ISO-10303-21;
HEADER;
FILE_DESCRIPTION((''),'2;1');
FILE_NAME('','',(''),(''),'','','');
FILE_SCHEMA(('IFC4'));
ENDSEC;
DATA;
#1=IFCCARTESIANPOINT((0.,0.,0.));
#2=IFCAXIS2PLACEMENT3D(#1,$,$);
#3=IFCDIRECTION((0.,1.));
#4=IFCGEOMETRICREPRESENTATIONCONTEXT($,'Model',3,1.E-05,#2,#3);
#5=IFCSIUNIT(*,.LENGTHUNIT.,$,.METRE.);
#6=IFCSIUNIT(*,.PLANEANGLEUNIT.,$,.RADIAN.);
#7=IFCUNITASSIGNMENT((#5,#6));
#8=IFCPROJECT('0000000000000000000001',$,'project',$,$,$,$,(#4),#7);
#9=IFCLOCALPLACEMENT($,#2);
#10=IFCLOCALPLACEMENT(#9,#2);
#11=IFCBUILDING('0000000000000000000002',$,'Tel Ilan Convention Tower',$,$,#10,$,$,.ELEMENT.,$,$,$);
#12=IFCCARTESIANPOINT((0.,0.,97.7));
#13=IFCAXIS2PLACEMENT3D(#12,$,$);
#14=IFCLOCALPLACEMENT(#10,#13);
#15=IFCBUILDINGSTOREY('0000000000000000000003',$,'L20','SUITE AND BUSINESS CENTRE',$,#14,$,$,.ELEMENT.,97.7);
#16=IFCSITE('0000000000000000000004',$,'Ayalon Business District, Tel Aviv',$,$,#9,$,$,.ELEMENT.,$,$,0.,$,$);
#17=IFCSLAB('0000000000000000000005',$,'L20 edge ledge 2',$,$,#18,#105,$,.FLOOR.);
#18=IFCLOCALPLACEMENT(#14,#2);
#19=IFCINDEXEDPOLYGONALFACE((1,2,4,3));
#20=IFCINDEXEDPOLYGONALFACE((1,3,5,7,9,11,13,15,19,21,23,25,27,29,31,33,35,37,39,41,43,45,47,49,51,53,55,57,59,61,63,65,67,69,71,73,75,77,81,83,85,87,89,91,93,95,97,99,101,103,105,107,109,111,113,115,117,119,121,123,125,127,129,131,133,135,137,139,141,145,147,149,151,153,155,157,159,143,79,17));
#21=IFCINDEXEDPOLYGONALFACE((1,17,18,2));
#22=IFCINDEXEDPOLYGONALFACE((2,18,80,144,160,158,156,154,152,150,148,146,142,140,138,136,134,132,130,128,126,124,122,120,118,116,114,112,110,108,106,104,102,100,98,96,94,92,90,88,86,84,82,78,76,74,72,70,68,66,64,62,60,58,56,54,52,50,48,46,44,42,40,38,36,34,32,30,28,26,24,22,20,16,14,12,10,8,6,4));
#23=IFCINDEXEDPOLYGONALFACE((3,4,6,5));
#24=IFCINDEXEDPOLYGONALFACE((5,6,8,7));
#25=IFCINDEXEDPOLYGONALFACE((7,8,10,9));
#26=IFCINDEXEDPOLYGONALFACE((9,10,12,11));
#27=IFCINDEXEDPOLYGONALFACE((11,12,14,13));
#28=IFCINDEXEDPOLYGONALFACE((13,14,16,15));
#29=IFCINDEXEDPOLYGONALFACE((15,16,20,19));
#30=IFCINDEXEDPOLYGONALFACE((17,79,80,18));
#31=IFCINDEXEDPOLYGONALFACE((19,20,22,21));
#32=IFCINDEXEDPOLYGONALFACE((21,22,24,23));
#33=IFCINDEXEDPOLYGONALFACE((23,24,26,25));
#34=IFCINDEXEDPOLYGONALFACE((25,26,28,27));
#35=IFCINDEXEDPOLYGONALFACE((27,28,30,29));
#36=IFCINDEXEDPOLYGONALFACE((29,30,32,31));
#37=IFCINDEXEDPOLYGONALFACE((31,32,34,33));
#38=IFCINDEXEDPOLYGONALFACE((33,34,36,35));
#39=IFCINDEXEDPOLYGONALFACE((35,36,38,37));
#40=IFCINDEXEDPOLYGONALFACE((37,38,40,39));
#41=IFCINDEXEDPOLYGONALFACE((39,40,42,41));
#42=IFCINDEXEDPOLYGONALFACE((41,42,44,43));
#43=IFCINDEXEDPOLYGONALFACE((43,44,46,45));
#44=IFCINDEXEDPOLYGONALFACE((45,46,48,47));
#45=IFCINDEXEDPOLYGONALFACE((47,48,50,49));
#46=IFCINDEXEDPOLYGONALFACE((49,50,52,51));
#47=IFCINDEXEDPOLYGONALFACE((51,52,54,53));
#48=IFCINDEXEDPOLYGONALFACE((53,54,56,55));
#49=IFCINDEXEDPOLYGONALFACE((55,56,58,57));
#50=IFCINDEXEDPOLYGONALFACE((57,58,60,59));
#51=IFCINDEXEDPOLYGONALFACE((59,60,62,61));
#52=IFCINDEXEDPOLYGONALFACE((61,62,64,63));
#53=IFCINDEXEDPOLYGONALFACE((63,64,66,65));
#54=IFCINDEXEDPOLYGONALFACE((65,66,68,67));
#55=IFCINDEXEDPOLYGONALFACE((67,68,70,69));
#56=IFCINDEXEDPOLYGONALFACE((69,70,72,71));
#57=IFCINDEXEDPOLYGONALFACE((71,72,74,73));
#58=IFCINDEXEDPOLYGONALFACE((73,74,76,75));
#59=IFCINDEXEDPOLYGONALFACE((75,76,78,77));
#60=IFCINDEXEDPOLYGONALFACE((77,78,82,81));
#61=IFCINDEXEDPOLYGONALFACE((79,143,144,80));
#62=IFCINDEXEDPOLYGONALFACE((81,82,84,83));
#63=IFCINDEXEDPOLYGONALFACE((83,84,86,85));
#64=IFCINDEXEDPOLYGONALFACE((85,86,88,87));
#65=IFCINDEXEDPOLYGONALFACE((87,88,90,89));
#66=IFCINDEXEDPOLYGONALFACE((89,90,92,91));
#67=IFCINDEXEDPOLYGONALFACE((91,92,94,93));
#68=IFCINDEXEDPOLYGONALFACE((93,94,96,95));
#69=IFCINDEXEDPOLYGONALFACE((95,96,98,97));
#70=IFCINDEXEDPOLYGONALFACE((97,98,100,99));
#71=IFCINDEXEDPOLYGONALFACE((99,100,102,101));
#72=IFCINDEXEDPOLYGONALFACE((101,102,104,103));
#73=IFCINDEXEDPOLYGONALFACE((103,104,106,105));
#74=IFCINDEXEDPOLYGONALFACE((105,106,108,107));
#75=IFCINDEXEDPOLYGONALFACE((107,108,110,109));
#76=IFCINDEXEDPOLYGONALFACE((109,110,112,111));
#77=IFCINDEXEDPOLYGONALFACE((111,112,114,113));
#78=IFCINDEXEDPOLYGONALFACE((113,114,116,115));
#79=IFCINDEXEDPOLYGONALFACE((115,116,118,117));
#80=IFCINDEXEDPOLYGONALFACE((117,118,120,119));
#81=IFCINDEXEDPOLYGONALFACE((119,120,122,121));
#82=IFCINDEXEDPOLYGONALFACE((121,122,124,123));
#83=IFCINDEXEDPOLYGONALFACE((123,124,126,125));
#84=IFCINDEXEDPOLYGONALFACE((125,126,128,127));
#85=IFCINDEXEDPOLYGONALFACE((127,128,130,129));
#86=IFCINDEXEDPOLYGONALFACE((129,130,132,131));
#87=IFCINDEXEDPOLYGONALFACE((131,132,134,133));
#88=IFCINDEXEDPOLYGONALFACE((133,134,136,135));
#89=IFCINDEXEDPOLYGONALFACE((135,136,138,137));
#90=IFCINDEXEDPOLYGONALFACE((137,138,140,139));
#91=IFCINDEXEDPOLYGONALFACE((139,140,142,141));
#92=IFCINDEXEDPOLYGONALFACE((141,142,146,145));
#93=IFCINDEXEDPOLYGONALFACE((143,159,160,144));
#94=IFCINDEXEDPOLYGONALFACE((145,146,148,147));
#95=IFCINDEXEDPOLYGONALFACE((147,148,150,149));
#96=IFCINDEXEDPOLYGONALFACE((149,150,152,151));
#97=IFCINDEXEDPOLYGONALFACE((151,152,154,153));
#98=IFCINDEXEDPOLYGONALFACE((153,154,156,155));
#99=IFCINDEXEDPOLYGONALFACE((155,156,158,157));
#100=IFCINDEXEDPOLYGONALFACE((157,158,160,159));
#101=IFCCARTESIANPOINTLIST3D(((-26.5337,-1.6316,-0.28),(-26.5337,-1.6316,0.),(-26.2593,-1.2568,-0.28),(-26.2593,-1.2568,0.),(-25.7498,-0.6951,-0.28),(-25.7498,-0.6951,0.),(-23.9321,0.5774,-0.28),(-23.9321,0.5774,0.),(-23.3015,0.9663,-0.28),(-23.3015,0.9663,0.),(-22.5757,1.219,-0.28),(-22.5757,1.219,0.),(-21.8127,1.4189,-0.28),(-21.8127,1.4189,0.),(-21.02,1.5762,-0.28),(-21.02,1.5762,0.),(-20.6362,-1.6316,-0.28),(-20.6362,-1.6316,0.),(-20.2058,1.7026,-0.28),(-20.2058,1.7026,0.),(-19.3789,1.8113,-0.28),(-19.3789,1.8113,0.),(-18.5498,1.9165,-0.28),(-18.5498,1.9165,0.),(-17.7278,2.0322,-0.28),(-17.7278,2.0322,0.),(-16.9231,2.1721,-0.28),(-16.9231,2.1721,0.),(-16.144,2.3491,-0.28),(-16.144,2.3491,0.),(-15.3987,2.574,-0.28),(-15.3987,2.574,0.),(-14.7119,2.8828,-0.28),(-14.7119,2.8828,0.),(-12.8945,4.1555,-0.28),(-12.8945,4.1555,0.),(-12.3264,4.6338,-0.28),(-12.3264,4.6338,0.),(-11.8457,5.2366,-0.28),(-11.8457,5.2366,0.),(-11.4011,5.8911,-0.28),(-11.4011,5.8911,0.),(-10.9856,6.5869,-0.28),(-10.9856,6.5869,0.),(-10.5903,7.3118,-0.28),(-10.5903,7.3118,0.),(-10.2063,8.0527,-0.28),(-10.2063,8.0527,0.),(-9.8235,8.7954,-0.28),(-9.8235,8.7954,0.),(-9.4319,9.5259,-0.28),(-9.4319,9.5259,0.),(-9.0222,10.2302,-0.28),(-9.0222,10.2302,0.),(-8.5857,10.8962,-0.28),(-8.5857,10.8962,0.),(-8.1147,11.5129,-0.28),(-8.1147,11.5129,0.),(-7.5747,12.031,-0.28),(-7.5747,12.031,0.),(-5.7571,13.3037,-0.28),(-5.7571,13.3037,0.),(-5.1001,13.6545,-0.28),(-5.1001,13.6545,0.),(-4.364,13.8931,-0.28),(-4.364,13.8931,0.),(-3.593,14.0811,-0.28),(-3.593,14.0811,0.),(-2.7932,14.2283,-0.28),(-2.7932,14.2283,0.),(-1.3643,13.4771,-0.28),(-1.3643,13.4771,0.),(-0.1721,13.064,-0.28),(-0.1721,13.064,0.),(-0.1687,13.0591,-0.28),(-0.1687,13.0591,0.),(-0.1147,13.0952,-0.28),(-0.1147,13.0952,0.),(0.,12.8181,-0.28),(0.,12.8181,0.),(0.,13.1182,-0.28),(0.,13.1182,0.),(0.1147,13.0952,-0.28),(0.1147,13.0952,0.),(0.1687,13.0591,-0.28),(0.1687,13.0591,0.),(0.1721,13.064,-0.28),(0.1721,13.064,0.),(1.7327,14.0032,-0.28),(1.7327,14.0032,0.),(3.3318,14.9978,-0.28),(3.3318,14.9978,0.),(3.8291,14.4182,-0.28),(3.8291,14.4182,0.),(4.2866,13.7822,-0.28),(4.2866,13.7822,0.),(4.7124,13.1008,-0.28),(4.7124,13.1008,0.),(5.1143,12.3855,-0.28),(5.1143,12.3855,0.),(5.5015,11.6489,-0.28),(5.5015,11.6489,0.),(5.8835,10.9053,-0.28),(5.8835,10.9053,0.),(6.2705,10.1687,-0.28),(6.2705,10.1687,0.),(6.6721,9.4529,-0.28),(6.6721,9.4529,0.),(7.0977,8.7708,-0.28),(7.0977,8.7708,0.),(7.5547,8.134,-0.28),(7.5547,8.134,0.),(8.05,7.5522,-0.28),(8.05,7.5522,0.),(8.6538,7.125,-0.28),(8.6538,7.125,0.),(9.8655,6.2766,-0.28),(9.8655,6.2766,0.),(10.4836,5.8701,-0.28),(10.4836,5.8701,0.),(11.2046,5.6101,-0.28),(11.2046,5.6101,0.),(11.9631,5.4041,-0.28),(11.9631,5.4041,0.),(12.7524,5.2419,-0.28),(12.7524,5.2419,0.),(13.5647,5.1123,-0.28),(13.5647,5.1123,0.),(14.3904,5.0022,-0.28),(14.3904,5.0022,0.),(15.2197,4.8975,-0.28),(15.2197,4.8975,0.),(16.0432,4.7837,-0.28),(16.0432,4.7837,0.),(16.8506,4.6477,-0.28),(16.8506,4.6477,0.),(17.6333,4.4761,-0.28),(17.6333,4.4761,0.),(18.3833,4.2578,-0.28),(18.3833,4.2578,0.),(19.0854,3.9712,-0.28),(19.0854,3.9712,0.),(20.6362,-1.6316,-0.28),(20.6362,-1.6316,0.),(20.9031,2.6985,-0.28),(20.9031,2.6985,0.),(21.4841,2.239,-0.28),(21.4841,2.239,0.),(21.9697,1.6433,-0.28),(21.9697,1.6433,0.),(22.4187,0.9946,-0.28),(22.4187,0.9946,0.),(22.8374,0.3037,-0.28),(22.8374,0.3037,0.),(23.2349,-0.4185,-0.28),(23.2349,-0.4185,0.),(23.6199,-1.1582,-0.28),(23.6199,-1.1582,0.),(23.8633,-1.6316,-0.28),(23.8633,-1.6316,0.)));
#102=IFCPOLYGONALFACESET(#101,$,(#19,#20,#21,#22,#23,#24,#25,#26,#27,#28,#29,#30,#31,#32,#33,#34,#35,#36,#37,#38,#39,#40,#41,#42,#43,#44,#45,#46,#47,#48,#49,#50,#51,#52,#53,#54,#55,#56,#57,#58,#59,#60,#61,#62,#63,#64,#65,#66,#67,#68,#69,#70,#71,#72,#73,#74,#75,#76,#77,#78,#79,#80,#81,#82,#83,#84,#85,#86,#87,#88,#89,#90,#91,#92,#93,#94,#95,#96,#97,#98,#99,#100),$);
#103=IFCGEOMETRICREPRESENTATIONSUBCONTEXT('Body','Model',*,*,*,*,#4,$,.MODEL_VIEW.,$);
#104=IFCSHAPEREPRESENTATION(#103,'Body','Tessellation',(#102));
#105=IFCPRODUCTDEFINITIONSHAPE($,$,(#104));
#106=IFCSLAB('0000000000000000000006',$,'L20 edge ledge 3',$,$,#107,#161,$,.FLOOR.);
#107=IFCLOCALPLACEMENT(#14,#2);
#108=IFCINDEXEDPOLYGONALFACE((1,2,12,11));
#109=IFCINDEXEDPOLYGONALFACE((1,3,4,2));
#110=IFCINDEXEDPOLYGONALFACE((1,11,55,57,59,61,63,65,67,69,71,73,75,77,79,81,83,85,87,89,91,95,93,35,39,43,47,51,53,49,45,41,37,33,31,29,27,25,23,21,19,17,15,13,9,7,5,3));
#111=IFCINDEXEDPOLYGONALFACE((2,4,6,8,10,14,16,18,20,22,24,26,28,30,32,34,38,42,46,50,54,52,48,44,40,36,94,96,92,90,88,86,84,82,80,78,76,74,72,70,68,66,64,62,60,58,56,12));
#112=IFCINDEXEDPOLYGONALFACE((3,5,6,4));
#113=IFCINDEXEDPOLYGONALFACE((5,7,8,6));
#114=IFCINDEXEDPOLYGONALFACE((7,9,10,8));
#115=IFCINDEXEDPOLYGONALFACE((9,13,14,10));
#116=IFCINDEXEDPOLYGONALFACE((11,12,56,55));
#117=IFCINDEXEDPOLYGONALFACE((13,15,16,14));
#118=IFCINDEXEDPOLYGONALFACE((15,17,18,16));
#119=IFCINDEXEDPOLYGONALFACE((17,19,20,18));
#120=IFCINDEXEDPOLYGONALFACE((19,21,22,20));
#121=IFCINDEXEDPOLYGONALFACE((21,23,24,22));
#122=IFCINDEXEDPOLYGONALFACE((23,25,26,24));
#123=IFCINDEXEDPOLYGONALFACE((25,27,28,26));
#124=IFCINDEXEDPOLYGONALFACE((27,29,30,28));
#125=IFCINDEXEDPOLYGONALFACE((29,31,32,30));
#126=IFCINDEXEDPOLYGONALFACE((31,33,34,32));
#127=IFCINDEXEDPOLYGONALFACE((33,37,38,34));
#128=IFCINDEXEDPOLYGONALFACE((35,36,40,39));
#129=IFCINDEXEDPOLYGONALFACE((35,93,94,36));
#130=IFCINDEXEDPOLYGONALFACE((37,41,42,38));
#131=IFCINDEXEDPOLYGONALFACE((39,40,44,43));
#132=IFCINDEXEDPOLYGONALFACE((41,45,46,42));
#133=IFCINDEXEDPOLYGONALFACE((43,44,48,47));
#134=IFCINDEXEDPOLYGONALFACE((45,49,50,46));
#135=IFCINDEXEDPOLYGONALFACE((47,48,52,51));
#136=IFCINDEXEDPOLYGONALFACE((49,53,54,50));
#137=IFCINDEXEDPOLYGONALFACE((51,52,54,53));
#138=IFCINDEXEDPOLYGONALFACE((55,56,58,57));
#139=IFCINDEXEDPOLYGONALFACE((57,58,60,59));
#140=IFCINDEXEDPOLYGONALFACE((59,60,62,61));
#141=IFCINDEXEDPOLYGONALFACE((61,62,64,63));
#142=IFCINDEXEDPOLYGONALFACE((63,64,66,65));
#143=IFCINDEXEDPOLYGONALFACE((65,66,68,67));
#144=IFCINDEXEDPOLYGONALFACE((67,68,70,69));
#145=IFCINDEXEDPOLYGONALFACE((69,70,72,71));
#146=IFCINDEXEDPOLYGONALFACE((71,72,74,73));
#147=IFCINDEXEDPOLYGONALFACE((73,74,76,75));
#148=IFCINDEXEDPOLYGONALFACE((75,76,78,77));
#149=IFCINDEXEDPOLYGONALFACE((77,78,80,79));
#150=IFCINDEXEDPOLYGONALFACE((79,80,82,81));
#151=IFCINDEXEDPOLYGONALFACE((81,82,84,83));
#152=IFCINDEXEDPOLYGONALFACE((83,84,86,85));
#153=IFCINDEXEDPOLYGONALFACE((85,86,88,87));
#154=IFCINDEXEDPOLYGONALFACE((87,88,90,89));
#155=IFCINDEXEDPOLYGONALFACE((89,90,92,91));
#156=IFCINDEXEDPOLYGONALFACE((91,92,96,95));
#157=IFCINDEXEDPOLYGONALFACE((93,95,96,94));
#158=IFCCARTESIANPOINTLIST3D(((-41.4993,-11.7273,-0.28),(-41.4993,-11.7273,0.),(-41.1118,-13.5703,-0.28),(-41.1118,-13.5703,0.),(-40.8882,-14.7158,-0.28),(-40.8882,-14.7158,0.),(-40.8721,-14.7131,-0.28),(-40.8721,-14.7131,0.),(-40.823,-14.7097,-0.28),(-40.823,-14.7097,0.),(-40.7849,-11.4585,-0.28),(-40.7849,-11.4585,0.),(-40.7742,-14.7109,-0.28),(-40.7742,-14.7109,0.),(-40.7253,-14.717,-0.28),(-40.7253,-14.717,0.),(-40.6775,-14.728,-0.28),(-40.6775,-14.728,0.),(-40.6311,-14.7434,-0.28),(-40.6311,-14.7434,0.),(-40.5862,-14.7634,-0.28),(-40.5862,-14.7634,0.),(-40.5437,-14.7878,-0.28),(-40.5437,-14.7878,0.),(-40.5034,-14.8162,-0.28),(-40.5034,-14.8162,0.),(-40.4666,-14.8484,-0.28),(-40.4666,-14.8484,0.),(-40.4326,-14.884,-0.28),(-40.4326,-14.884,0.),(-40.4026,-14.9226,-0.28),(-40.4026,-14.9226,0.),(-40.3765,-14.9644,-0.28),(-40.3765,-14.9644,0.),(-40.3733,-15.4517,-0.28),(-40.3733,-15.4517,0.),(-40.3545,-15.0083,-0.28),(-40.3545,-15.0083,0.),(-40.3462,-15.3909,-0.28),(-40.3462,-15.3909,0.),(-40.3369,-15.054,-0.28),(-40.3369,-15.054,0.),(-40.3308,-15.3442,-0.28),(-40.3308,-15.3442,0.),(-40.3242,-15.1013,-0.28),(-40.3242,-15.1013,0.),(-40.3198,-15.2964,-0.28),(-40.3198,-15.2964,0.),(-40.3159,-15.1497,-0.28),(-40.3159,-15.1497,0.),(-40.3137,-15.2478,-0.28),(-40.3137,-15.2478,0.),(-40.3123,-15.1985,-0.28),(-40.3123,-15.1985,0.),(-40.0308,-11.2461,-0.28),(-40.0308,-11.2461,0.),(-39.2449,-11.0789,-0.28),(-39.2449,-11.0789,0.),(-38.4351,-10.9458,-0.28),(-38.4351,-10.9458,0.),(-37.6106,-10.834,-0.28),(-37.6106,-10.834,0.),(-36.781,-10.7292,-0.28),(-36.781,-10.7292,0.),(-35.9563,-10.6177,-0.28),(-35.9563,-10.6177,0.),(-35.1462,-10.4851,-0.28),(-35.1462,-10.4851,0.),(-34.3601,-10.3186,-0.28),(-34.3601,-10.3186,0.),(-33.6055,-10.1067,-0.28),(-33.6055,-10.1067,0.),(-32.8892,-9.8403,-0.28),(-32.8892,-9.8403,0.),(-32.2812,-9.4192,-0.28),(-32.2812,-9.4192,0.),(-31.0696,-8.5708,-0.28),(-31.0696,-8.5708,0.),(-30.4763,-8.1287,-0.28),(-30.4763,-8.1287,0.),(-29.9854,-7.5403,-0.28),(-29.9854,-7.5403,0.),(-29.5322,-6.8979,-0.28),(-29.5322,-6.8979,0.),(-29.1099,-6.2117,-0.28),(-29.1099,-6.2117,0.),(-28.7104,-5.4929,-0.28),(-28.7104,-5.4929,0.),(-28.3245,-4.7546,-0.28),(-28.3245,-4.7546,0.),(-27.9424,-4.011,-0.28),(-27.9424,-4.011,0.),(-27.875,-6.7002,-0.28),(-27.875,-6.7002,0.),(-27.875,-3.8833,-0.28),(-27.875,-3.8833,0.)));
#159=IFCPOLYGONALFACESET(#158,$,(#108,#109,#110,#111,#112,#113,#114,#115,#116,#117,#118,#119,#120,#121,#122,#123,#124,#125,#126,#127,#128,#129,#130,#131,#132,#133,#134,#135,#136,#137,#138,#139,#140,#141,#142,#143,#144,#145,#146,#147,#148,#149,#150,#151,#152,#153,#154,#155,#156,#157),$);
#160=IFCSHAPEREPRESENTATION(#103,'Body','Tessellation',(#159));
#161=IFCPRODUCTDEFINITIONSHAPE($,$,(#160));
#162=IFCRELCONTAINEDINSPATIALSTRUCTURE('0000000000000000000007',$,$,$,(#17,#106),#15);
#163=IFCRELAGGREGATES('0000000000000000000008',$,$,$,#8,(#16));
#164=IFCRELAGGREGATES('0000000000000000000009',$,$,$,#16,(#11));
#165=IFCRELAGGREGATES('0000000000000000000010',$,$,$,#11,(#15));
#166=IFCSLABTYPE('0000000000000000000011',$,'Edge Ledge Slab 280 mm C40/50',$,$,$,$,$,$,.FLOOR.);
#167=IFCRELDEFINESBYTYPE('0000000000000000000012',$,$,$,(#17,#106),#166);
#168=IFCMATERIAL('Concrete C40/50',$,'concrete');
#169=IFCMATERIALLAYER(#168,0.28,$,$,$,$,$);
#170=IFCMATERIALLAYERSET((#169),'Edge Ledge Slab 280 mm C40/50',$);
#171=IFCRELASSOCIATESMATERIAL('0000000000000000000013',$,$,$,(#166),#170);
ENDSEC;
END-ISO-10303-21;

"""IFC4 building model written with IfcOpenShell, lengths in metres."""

from ifc_helpers import new_model, si_unit, direction, frame, origin, place, context, subcontext, project, spatial, polyline, outline, extrude, material, layer, layer_set, type_object, element, save


model = new_model("IFC4")

# Units and contexts
model_context = context("Model", 3, precision=1e-05, world=origin(), true_north=direction((0.0, 1.0)))
body_context = subcontext(model_context, "Body", "Model", "MODEL_VIEW")
ifc_project = project(units=[si_unit("LENGTHUNIT", "METRE"), si_unit("PLANEANGLEUNIT", "RADIAN")], contexts=[model_context])

# Site, building, storey
site_placement = place(None, origin())
site = spatial("IfcSite", under=ifc_project, at=site_placement, Name="Ayalon Business District, Tel Aviv", CompositionType="ELEMENT", RefElevation=0.0)
building_placement = place(site_placement, origin())
building = spatial("IfcBuilding", under=site, at=building_placement, Name="Tel Ilan Convention Tower", CompositionType="ELEMENT")
storey_placement = place(building_placement, frame((0.0, 0.0, 97.7)))
storey = spatial("IfcBuildingStorey", under=building, at=storey_placement, Name="L20", Description="SUITE AND BUSINESS CENTRE", CompositionType="ELEMENT", Elevation=97.7)

# Slabs
ifc_material_1 = material(Name="Concrete C40/50", Category="concrete")
ifc_layer_1 = layer(ifc_material_1, 0.28)
ifc_layer_set_1 = layer_set([ifc_layer_1], Name="Edge Ledge Slab 280 mm C40/50")
slab_type_1 = type_object("IfcSlabType", Name="Edge Ledge Slab 280 mm C40/50", PredefinedType="FLOOR", material=ifc_layer_set_1)
slab_1_placement = place(storey_placement, frame((0.0, 0.0, -0.28)))
element("IfcSlab", 1, at=slab_1_placement, inside=storey, type_object=slab_type_1, Name="L20 edge ledge 2", PredefinedType="FLOOR", context=body_context, shape_type="SweptSolid", body=[
    extrude(outline(polyline([(-21.02, 1.5762), (-20.2058, 1.7026), (-19.3789, 1.8113), (-18.5498, 1.9165), (-17.7278, 2.0322), (-16.9231, 2.1721), (-16.144, 2.3491), (-15.3987, 2.574), (-14.7119, 2.8828), (-12.8945, 4.1555), (-12.3264, 4.6338), (-11.8457, 5.2366), (-11.4011, 5.8911), (-10.9856, 6.5869), (-10.5903, 7.3118), (-10.2063, 8.0527), (-9.8235, 8.7954), (-9.4319, 9.5259), (-9.0222, 10.2302), (-8.5857, 10.8962), (-8.1147, 11.5129), (-7.5747, 12.031), (-5.7571, 13.3037), (-5.1001, 13.6545), (-4.364, 13.8931), (-3.593, 14.0811), (-2.7932, 14.2283), (-1.3643, 13.4771), (-0.1721, 13.064), (-0.1687, 13.0591), (-0.1147, 13.0952), (0.0, 13.1182), (0.1147, 13.0952), (0.1687, 13.0591), (0.1721, 13.064), (1.7327, 14.0032), (3.3318, 14.9978), (3.8291, 14.4182), (4.2866, 13.7822), (4.7124, 13.1008), (5.1143, 12.3855), (5.5015, 11.6489), (5.8835, 10.9053), (6.2705, 10.1687), (6.6721, 9.4529), (7.0977, 8.7708), (7.5547, 8.134), (8.05, 7.5522), (8.6538, 7.125), (9.8655, 6.2766), (10.4836, 5.8701), (11.2046, 5.6101), (11.9631, 5.4041), (12.7524, 5.2419), (13.5647, 5.1123), (14.3904, 5.0022), (15.2197, 4.8975), (16.0432, 4.7837), (16.8506, 4.6477), (17.6333, 4.4761), (18.3833, 4.2578), (19.0854, 3.9712), (20.9031, 2.6985), (21.4841, 2.239), (21.9697, 1.6433), (22.4187, 0.9946), (22.8374, 0.3037), (23.2349, -0.4185), (23.6199, -1.1582), (23.8633, -1.6316), (20.6362, -1.6316), (0.0, 12.8181), (-20.6362, -1.6316), (-26.5337, -1.6316), (-26.2593, -1.2568), (-25.7498, -0.6951), (-23.9321, 0.5774), (-23.3015, 0.9663), (-22.5757, 1.219), (-21.8127, 1.4189), (-21.02, 1.5762)])), origin(), (0.0, 0.0, 1.0), 0.28),
])
slab_2_placement = place(storey_placement, frame((0.0, 0.0, -0.28)))
element("IfcSlab", 2, at=slab_2_placement, inside=storey, type_object=slab_type_1, Name="L20 edge ledge 3", PredefinedType="FLOOR", context=body_context, shape_type="SweptSolid", body=[
    extrude(outline(polyline([(-37.6106, -10.834), (-36.781, -10.7292), (-35.9563, -10.6177), (-35.1462, -10.4851), (-34.3601, -10.3186), (-33.6055, -10.1067), (-32.8892, -9.8403), (-32.2812, -9.4192), (-31.0696, -8.5708), (-30.4763, -8.1287), (-29.9854, -7.5403), (-29.5322, -6.8979), (-29.1099, -6.2117), (-28.7104, -5.4929), (-28.3245, -4.7546), (-27.9424, -4.011), (-27.875, -3.8833), (-27.875, -6.7002), (-40.3733, -15.4517), (-40.3462, -15.3909), (-40.3308, -15.3442), (-40.3198, -15.2964), (-40.3137, -15.2478), (-40.3123, -15.1985), (-40.3159, -15.1497), (-40.3242, -15.1013), (-40.3369, -15.054), (-40.3545, -15.0083), (-40.3765, -14.9644), (-40.4026, -14.9226), (-40.4326, -14.884), (-40.4666, -14.8484), (-40.5034, -14.8162), (-40.5437, -14.7878), (-40.5862, -14.7634), (-40.6311, -14.7434), (-40.6775, -14.728), (-40.7253, -14.717), (-40.7742, -14.7109), (-40.823, -14.7097), (-40.8721, -14.7131), (-40.8882, -14.7158), (-41.1118, -13.5703), (-41.4993, -11.7273), (-40.7849, -11.4585), (-40.0308, -11.2461), (-39.2449, -11.0789), (-38.4351, -10.9458), (-37.6106, -10.834)])), origin(), (0.0, 0.0, 1.0), 0.28),
])

save(model, "model.ifc")
